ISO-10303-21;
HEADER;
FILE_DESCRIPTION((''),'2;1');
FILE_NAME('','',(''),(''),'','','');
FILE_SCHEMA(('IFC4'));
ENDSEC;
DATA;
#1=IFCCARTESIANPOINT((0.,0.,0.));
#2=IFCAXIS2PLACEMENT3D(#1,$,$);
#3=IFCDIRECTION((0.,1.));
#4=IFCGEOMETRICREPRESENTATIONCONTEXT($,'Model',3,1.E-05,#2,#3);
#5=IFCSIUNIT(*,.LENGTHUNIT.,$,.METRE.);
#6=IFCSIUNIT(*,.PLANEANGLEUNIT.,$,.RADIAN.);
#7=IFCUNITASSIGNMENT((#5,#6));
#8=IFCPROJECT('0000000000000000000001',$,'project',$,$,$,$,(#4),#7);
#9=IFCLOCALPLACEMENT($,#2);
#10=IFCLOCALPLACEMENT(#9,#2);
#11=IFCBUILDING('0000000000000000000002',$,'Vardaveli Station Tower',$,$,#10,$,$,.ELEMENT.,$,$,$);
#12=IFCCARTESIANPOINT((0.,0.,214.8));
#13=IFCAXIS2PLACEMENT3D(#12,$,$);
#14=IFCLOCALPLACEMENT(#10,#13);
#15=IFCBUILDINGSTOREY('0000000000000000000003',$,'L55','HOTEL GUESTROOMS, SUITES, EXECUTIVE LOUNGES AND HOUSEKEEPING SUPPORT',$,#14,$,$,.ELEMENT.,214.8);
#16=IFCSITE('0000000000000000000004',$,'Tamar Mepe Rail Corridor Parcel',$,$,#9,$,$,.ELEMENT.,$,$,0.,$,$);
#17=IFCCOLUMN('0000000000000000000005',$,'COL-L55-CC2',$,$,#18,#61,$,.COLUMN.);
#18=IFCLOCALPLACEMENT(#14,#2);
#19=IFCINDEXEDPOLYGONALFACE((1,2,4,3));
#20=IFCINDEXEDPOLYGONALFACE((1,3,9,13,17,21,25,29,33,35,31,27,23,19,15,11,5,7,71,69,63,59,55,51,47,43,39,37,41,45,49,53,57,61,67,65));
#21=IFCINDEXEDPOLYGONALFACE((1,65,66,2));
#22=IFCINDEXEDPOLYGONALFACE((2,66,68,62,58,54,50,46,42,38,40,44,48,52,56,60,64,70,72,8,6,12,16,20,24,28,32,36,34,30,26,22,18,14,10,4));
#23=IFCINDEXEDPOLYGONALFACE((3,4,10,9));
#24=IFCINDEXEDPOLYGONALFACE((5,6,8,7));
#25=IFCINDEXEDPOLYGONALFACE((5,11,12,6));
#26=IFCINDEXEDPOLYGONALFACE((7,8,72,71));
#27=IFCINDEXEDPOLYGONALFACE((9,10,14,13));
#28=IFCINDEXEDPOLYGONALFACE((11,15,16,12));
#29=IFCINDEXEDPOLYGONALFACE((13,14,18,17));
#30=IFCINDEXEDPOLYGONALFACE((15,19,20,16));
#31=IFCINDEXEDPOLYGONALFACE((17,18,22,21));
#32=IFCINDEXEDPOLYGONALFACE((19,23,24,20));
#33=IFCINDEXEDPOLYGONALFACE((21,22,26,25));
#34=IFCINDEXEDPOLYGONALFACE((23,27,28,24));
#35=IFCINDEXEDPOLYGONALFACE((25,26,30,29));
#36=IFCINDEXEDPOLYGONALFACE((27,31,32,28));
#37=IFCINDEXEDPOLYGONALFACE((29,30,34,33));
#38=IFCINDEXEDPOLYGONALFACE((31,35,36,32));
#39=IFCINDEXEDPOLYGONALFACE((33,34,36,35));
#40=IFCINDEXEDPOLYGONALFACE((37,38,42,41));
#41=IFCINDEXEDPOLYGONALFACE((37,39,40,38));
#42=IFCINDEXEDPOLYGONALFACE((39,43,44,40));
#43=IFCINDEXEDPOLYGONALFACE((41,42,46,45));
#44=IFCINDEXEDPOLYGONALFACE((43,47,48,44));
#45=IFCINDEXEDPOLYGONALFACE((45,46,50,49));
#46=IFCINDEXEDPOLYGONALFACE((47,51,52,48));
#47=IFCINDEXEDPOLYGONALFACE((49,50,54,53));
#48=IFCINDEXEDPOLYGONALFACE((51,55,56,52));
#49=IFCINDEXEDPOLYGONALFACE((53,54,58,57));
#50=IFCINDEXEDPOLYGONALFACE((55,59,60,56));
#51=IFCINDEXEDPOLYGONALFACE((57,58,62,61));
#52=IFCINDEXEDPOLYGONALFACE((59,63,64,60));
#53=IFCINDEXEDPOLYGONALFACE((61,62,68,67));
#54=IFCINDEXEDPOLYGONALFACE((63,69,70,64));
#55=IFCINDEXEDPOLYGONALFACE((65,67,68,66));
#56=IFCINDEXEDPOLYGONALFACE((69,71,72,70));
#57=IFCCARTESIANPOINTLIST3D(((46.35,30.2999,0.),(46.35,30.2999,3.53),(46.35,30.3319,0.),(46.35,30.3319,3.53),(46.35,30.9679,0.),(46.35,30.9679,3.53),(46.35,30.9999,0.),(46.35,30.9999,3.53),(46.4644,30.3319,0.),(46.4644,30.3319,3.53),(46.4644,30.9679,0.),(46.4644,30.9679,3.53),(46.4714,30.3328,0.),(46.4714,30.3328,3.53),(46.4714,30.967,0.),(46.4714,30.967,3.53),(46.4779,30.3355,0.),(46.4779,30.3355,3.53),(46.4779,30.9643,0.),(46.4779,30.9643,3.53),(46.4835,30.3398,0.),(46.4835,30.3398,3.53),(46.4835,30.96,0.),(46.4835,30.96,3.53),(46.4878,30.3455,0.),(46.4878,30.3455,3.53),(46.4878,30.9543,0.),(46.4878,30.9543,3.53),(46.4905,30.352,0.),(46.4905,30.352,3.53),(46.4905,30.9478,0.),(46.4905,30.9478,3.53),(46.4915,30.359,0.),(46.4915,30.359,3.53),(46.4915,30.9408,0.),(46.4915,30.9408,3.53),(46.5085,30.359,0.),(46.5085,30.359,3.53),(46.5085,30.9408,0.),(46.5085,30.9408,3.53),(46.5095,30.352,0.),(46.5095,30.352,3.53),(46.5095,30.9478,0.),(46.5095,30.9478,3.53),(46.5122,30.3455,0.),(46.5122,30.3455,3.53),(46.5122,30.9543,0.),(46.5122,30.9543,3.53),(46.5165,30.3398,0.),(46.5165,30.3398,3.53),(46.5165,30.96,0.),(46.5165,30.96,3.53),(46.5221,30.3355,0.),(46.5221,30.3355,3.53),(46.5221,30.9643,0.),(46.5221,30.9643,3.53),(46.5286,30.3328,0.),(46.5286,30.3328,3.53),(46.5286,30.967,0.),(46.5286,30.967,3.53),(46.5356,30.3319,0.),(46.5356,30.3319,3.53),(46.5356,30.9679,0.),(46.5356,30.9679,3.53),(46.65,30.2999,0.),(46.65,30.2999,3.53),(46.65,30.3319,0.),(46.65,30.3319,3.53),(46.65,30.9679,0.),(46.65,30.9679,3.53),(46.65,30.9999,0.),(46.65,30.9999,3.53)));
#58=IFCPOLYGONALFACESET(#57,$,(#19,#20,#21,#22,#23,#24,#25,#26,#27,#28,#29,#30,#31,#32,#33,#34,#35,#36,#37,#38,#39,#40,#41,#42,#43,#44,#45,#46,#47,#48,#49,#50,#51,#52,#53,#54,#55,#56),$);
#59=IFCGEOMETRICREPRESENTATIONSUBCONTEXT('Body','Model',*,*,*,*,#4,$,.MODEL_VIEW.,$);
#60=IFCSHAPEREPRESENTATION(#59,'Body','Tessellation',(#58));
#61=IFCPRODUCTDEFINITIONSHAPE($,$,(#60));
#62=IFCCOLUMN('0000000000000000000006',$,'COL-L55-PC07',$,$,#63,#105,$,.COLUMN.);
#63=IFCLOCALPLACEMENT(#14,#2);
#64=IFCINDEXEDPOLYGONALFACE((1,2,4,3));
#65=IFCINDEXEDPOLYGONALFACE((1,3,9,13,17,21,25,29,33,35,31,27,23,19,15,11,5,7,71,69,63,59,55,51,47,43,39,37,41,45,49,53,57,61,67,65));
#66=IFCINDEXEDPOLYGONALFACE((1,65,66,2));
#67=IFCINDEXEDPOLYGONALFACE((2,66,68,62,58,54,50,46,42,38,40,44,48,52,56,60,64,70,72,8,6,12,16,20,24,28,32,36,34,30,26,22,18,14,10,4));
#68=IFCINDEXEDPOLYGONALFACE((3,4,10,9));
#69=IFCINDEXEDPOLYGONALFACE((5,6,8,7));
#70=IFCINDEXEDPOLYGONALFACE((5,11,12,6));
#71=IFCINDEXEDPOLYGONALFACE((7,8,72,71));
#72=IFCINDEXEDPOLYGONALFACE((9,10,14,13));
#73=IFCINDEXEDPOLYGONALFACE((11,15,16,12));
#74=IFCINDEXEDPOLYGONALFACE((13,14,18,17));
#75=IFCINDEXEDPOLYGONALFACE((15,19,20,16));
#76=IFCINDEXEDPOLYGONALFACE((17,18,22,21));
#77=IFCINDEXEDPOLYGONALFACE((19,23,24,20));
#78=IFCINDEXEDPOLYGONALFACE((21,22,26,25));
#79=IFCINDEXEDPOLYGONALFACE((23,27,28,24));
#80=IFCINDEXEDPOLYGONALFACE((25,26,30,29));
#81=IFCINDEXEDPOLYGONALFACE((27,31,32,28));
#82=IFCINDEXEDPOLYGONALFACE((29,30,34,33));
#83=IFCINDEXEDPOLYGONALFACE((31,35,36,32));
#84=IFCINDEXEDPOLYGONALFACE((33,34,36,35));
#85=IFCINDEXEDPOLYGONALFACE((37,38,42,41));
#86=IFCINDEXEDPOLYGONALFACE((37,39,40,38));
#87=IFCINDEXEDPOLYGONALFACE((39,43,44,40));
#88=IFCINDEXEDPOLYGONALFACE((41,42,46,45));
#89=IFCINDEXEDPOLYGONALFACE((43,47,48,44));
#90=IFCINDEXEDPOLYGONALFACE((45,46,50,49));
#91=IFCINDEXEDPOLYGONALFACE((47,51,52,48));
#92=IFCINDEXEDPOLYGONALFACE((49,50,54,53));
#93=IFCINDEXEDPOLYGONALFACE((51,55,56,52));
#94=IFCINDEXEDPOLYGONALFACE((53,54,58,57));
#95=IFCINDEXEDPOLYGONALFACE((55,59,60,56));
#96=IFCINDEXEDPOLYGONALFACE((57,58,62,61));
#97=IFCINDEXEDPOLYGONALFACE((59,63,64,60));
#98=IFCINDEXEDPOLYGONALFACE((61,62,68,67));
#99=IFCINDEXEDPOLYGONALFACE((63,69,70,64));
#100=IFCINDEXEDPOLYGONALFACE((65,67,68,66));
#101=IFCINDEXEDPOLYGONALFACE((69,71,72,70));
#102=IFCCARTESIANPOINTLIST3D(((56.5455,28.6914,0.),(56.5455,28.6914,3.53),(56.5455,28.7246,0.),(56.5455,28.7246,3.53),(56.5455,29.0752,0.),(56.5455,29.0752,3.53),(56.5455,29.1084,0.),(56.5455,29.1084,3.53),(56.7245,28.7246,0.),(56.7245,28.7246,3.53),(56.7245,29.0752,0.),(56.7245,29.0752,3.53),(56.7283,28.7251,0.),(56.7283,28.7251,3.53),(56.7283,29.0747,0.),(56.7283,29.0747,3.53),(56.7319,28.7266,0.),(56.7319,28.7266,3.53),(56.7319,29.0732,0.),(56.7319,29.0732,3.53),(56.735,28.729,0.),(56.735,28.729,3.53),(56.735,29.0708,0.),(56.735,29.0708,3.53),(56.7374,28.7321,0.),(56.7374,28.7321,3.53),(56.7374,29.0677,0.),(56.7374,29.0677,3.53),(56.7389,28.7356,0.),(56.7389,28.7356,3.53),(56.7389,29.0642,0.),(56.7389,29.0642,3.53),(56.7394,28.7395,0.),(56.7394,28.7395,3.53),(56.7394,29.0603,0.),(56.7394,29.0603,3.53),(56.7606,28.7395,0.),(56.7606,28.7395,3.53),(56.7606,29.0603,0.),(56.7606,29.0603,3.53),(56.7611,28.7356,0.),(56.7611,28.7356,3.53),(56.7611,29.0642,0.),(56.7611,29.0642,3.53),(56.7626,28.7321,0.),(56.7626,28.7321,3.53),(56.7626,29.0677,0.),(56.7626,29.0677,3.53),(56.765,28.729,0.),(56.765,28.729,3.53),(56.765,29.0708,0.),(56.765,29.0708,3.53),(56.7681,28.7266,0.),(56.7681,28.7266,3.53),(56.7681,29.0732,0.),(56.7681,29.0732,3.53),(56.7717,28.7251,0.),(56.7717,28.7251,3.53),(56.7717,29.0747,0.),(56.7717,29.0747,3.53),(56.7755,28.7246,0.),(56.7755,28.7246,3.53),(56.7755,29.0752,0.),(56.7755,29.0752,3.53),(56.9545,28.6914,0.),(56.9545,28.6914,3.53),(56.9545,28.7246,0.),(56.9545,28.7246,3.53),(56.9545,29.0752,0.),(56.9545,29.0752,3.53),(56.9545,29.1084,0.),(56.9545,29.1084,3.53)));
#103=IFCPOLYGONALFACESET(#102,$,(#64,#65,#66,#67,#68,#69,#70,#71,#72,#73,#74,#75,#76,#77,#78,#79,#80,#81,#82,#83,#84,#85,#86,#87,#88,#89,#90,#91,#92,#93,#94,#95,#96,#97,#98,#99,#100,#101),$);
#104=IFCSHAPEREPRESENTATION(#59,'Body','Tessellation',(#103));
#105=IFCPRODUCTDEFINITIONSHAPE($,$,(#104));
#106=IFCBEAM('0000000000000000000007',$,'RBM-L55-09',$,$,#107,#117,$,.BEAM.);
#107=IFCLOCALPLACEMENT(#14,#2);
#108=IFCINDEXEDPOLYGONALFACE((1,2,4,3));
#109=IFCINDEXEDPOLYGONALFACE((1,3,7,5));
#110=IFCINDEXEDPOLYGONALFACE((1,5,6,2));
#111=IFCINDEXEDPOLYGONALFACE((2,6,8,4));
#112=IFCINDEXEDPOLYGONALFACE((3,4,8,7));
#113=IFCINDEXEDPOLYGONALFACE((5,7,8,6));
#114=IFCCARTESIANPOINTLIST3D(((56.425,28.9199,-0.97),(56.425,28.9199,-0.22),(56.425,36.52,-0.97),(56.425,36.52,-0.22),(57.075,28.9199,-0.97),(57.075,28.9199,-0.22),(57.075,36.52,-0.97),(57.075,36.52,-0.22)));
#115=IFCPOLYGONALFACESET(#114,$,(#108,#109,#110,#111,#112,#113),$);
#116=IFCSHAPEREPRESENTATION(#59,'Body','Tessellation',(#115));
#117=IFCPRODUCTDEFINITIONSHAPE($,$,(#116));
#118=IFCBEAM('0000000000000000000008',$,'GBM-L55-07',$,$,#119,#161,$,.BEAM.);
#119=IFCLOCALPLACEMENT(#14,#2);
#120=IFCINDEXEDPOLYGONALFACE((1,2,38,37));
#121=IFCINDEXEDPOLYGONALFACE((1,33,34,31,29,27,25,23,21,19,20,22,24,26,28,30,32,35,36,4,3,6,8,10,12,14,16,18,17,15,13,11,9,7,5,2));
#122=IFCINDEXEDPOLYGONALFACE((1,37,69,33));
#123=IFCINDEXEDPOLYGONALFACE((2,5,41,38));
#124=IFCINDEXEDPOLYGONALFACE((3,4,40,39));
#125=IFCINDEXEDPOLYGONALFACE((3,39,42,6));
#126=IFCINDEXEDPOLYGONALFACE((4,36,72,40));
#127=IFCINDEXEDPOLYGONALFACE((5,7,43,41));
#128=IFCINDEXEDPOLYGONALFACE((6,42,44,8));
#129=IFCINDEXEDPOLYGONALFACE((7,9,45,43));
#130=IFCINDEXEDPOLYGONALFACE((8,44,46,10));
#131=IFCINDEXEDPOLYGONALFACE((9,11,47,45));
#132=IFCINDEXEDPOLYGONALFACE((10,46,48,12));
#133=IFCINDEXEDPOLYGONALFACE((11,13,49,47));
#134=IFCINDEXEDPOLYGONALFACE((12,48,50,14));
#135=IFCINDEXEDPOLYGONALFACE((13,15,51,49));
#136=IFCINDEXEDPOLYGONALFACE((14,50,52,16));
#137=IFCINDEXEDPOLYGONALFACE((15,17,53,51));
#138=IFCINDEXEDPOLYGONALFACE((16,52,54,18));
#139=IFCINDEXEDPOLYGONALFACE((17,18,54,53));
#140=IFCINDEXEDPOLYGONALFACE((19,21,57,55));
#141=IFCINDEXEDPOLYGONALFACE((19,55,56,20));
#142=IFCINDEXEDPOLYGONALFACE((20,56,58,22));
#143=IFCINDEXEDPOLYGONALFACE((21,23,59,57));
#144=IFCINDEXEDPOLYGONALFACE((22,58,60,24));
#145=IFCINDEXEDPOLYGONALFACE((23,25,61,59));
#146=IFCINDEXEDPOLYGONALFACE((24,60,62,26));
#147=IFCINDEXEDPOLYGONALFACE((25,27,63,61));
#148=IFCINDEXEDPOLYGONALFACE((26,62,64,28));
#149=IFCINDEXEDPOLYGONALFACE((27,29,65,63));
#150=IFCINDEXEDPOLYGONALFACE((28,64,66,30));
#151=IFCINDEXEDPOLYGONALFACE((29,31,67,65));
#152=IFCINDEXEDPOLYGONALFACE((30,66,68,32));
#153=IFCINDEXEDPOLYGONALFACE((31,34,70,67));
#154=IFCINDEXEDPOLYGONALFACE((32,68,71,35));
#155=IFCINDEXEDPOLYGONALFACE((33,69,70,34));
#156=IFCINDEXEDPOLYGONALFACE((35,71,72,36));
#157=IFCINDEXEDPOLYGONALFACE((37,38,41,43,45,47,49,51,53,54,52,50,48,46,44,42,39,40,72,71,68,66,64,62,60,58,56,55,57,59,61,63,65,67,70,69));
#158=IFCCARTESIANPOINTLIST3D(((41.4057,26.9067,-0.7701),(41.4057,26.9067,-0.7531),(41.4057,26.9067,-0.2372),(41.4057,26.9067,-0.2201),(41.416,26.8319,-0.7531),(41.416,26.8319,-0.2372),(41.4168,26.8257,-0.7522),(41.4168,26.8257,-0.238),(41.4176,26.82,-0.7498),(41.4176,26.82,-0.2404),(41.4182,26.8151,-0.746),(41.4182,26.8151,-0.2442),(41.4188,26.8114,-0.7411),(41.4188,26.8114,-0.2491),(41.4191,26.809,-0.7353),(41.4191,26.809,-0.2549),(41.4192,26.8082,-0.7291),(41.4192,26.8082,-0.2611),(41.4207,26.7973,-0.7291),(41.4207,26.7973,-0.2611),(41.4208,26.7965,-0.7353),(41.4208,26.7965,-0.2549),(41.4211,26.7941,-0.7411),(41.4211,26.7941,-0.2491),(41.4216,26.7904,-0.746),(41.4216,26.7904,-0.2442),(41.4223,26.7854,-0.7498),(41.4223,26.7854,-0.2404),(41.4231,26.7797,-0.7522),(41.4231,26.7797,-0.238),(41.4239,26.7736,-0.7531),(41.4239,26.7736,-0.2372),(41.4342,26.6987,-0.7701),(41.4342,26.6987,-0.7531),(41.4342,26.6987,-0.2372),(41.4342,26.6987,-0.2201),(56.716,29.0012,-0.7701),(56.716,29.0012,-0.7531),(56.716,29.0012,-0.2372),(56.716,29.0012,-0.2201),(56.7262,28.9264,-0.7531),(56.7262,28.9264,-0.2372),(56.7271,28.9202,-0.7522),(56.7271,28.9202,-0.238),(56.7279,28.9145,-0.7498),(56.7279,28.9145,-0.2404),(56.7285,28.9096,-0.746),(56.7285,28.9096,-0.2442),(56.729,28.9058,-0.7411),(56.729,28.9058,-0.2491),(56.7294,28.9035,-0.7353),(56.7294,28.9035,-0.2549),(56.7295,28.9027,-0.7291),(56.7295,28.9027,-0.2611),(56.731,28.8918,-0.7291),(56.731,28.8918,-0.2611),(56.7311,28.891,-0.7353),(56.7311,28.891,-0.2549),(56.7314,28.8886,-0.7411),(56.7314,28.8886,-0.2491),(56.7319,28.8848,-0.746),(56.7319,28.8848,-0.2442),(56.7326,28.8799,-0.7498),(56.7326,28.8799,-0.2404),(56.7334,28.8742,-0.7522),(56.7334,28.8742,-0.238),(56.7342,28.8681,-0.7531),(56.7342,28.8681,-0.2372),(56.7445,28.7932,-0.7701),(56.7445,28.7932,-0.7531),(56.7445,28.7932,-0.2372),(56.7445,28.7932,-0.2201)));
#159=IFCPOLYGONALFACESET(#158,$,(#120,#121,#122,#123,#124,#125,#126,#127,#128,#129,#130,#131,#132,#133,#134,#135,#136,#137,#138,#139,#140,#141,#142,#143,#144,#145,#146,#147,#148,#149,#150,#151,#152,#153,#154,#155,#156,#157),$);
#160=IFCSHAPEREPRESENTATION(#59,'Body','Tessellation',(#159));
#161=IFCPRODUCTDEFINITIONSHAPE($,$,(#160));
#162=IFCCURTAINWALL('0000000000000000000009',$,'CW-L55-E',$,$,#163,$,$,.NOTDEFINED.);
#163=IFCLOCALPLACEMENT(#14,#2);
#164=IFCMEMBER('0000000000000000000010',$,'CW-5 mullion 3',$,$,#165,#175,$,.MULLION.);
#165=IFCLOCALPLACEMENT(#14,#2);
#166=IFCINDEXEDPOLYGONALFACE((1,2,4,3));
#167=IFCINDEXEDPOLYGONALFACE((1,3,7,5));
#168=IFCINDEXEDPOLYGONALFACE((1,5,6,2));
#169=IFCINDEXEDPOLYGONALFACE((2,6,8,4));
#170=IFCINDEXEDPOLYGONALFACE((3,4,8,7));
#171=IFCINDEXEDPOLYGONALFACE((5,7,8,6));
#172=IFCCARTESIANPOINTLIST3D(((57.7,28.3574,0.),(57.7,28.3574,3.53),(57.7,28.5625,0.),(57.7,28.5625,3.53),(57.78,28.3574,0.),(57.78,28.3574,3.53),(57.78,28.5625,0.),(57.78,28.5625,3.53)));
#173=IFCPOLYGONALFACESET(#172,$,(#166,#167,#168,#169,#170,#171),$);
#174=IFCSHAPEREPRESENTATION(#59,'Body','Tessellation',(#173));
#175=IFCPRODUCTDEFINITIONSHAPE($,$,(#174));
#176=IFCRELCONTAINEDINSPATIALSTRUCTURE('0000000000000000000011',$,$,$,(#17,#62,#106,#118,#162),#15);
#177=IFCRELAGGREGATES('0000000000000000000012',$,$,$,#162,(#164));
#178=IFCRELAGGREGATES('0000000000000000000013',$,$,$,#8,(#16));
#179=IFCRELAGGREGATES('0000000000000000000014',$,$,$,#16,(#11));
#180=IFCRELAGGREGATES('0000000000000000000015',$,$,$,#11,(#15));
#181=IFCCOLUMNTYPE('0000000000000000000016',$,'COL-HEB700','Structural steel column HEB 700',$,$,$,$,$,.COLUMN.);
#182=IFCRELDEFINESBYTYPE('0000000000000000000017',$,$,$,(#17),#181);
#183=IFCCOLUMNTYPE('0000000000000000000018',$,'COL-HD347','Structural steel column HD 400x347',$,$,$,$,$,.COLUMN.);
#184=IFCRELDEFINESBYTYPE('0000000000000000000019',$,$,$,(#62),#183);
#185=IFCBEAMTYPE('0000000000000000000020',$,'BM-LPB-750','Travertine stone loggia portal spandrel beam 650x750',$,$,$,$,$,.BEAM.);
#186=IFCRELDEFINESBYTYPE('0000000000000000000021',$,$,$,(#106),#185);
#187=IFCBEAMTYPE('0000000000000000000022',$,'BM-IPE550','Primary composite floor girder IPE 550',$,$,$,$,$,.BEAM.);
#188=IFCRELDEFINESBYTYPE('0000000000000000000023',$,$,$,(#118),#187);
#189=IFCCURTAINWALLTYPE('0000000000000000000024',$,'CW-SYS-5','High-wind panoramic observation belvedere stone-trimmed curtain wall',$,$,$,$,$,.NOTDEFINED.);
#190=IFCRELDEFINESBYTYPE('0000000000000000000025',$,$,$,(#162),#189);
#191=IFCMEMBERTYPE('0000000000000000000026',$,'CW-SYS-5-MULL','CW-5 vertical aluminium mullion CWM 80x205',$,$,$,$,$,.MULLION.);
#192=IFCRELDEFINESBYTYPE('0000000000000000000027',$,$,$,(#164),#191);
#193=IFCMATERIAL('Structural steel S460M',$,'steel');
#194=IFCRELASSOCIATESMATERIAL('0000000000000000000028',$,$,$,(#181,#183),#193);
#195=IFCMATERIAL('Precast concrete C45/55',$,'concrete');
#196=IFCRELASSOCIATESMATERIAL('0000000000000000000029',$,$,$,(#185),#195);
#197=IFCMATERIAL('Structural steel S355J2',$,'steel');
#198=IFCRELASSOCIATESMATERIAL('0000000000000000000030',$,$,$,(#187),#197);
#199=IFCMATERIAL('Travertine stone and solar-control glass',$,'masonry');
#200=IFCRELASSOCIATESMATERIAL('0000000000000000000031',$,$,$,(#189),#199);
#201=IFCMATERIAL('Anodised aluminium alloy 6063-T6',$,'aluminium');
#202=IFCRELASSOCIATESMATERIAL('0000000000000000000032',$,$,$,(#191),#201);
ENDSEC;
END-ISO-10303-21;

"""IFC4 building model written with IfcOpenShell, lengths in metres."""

from ifc_helpers import new_model, si_unit, direction, frame, origin, origin_2d, place, context, subcontext, project, spatial, rectangle, i_section, extrude, source, transform, mapped, material, material_profile, profile_set, type_object, element, aggregate, save


model = new_model("IFC4")

# Units and contexts
model_context = context("Model", 3, precision=1e-05, world=origin(), true_north=direction((0.0, 1.0)))
body_context = subcontext(model_context, "Body", "Model", "MODEL_VIEW")
ifc_project = project(units=[si_unit("LENGTHUNIT", "METRE"), si_unit("PLANEANGLEUNIT", "RADIAN")], contexts=[model_context])

# Site, building, storey
site_placement = place(None, origin())
site = spatial("IfcSite", under=ifc_project, at=site_placement, Name="Tamar Mepe Rail Corridor Parcel", CompositionType="ELEMENT", RefElevation=0.0)
building_placement = place(site_placement, origin())
building = spatial("IfcBuilding", under=site, at=building_placement, Name="Vardaveli Station Tower", CompositionType="ELEMENT")
storey_placement = place(building_placement, frame((0.0, 0.0, 214.8)))
storey = spatial("IfcBuildingStorey", under=building, at=storey_placement, Name="L55", Description="HOTEL GUESTROOMS, SUITES, EXECUTIVE LOUNGES AND HOUSEKEEPING SUPPORT", CompositionType="ELEMENT", Elevation=214.8)

# Columns
ifc_material_1 = material(Name="Structural steel S460M", Category="steel")
ifc_material_profile_1 = material_profile(ifc_material_1, i_section(OverallWidth=0.3, OverallDepth=0.7, WebThickness=0.0171, FlangeThickness=0.032, FilletRadius=0.0271, at=origin_2d()), Name="HEB 700")
ifc_profile_set_1 = profile_set([ifc_material_profile_1], Name="Structural steel S460M")
column_type_1 = type_object("IfcColumnType", Name="COL-HEB700", Description="Structural steel column HEB 700", PredefinedType="COLUMN", material=ifc_profile_set_1)
shared_shape_1 = source(origin(), body_context, "Body", "SweptSolid", [
    extrude(i_section(OverallWidth=0.3, OverallDepth=0.7, WebThickness=0.0171, FlangeThickness=0.032, FilletRadius=0.0271, at=origin_2d()), origin(), (0.0, 0.0, 1.0), 3.53),
])
column_1_placement = place(storey_placement, frame((46.5, 30.6499, 0.0), z_axis=(0.0, 0.0, 1.0), x_axis=(1.0, 0.0, 0.0)))
element("IfcColumn", 1, at=column_1_placement, inside=storey, type_object=column_type_1, Name="COL-L55-CC2", PredefinedType="COLUMN", context=body_context, shape_type="MappedRepresentation", body=[
    mapped(shared_shape_1, transform((0.0, 0.0, 0.0), scale=1.0)),
])
ifc_material_profile_2 = material_profile(ifc_material_1, i_section(OverallWidth=0.4089, OverallDepth=0.417, WebThickness=0.0212, FlangeThickness=0.0332, FilletRadius=0.0149, at=origin_2d()), Name="HD 400x347")
ifc_profile_set_2 = profile_set([ifc_material_profile_2], Name="Structural steel S460M")
column_type_2 = type_object("IfcColumnType", Name="COL-HD347", Description="Structural steel column HD 400x347", PredefinedType="COLUMN", material=ifc_profile_set_2)
shared_shape_2 = source(origin(), body_context, "Body", "SweptSolid", [
    extrude(i_section(OverallWidth=0.4089, OverallDepth=0.417, WebThickness=0.0212, FlangeThickness=0.0332, FilletRadius=0.0149, at=origin_2d()), origin(), (0.0, 0.0, 1.0), 3.53),
])
column_2_placement = place(storey_placement, frame((56.75, 28.8999, 0.0), z_axis=(0.0, 0.0, 1.0), x_axis=(1.0, 0.0, 0.0)))
element("IfcColumn", 2, at=column_2_placement, inside=storey, type_object=column_type_2, Name="COL-L55-PC07", PredefinedType="COLUMN", context=body_context, shape_type="MappedRepresentation", body=[
    mapped(shared_shape_2, transform((0.0, 0.0, 0.0), scale=1.0)),
])

# Beams
ifc_material_2 = material(Name="Precast concrete C45/55", Category="concrete")
ifc_material_profile_3 = material_profile(ifc_material_2, rectangle(XDim=0.6499, YDim=0.75, at=origin_2d()), Name="LPB 650x750")
ifc_profile_set_3 = profile_set([ifc_material_profile_3], Name="Precast concrete C45/55")
beam_type_1 = type_object("IfcBeamType", Name="BM-LPB-750", Description="Travertine stone loggia portal spandrel beam 650x750", PredefinedType="BEAM", material=ifc_profile_set_3)
shared_shape_3 = source(origin(), body_context, "Body", "SweptSolid", [
    extrude(rectangle(XDim=0.6499, YDim=0.75, at=origin_2d()), origin(), (0.0, 0.0, 1.0), 7.6001),
])
beam_1_placement = place(storey_placement, frame((56.75, 28.9199, -0.595), z_axis=(0.0, 1.0, 0.0), x_axis=(-1.0, 0.0, 0.0)))
element("IfcBeam", 3, at=beam_1_placement, inside=storey, type_object=beam_type_1, Name="RBM-L55-09", PredefinedType="BEAM", context=body_context, shape_type="MappedRepresentation", body=[
    mapped(shared_shape_3, transform((0.0, 0.0, 0.0), scale=1.0)),
])
ifc_material_3 = material(Name="Structural steel S355J2", Category="steel")
ifc_material_profile_4 = material_profile(ifc_material_3, i_section(OverallWidth=0.21, OverallDepth=0.55, WebThickness=0.011, FlangeThickness=0.0171, FilletRadius=0.0239, at=origin_2d()), Name="IPE 550")
ifc_profile_set_4 = profile_set([ifc_material_profile_4], Name="Structural steel S355J2")
beam_type_2 = type_object("IfcBeamType", Name="BM-IPE550", Description="Primary composite floor girder IPE 550", PredefinedType="BEAM", material=ifc_profile_set_4)
shared_shape_4 = source(origin(), body_context, "Body", "SweptSolid", [
    extrude(i_section(OverallWidth=0.21, OverallDepth=0.55, WebThickness=0.011, FlangeThickness=0.0171, FilletRadius=0.0239, at=origin_2d()), origin(), (0.0, 0.0, 1.0), 15.4529),
])
beam_2_placement = place(storey_placement, frame((56.7302, 28.8972, -0.4951), z_axis=(-0.990772, -0.13554, 0.0), x_axis=(0.13554, -0.990772, 0.0)))
element("IfcBeam", 4, at=beam_2_placement, inside=storey, type_object=beam_type_2, Name="GBM-L55-07", PredefinedType="BEAM", context=body_context, shape_type="MappedRepresentation", body=[
    mapped(shared_shape_4, transform((0.0, 0.0, 0.0), scale=1.0)),
])

# Curtain wall, member
ifc_material_4 = material(Name="Travertine stone and solar-control glass", Category="masonry")
curtain_wall_type = type_object("IfcCurtainWallType", Name="CW-SYS-5", Description="High-wind panoramic observation belvedere stone-trimmed curtain wall", PredefinedType="NOTDEFINED", material=ifc_material_4)
curtain_wall_placement = place(storey_placement, origin())
curtain_wall = element("IfcCurtainWall", 5, at=curtain_wall_placement, inside=storey, type_object=curtain_wall_type, Name="CW-L55-E", PredefinedType="NOTDEFINED")
ifc_material_5 = material(Name="Anodised aluminium alloy 6063-T6", Category="aluminium")
ifc_material_profile_5 = material_profile(ifc_material_5, rectangle(XDim=0.0801, YDim=0.2051, at=origin_2d()), Name="CWM 80x205")
ifc_profile_set_5 = profile_set([ifc_material_profile_5], Name="Anodised aluminium alloy 6063-T6")
member_type = type_object("IfcMemberType", Name="CW-SYS-5-MULL", Description="CW-5 vertical aluminium mullion CWM 80x205", PredefinedType="MULLION", material=ifc_profile_set_5)
shared_shape_5 = source(origin(), body_context, "Body", "SweptSolid", [
    extrude(rectangle(XDim=0.0801, YDim=0.2051, at=origin_2d()), origin(), (0.0, 0.0, 1.0), 3.53),
])
member_placement = place(storey_placement, frame((57.74, 28.46, 0.0), z_axis=(0.0, 0.0, 1.0), x_axis=(-1.0, 0.0, 0.0)))
member = element("IfcMember", 6, at=member_placement, type_object=member_type, Name="CW-5 mullion 3", PredefinedType="MULLION", context=body_context, shape_type="MappedRepresentation", body=[
    mapped(shared_shape_5, transform((0.0, 0.0, 0.0), scale=1.0)),
])
aggregate(curtain_wall, [member])

save(model, "model.ifc")
